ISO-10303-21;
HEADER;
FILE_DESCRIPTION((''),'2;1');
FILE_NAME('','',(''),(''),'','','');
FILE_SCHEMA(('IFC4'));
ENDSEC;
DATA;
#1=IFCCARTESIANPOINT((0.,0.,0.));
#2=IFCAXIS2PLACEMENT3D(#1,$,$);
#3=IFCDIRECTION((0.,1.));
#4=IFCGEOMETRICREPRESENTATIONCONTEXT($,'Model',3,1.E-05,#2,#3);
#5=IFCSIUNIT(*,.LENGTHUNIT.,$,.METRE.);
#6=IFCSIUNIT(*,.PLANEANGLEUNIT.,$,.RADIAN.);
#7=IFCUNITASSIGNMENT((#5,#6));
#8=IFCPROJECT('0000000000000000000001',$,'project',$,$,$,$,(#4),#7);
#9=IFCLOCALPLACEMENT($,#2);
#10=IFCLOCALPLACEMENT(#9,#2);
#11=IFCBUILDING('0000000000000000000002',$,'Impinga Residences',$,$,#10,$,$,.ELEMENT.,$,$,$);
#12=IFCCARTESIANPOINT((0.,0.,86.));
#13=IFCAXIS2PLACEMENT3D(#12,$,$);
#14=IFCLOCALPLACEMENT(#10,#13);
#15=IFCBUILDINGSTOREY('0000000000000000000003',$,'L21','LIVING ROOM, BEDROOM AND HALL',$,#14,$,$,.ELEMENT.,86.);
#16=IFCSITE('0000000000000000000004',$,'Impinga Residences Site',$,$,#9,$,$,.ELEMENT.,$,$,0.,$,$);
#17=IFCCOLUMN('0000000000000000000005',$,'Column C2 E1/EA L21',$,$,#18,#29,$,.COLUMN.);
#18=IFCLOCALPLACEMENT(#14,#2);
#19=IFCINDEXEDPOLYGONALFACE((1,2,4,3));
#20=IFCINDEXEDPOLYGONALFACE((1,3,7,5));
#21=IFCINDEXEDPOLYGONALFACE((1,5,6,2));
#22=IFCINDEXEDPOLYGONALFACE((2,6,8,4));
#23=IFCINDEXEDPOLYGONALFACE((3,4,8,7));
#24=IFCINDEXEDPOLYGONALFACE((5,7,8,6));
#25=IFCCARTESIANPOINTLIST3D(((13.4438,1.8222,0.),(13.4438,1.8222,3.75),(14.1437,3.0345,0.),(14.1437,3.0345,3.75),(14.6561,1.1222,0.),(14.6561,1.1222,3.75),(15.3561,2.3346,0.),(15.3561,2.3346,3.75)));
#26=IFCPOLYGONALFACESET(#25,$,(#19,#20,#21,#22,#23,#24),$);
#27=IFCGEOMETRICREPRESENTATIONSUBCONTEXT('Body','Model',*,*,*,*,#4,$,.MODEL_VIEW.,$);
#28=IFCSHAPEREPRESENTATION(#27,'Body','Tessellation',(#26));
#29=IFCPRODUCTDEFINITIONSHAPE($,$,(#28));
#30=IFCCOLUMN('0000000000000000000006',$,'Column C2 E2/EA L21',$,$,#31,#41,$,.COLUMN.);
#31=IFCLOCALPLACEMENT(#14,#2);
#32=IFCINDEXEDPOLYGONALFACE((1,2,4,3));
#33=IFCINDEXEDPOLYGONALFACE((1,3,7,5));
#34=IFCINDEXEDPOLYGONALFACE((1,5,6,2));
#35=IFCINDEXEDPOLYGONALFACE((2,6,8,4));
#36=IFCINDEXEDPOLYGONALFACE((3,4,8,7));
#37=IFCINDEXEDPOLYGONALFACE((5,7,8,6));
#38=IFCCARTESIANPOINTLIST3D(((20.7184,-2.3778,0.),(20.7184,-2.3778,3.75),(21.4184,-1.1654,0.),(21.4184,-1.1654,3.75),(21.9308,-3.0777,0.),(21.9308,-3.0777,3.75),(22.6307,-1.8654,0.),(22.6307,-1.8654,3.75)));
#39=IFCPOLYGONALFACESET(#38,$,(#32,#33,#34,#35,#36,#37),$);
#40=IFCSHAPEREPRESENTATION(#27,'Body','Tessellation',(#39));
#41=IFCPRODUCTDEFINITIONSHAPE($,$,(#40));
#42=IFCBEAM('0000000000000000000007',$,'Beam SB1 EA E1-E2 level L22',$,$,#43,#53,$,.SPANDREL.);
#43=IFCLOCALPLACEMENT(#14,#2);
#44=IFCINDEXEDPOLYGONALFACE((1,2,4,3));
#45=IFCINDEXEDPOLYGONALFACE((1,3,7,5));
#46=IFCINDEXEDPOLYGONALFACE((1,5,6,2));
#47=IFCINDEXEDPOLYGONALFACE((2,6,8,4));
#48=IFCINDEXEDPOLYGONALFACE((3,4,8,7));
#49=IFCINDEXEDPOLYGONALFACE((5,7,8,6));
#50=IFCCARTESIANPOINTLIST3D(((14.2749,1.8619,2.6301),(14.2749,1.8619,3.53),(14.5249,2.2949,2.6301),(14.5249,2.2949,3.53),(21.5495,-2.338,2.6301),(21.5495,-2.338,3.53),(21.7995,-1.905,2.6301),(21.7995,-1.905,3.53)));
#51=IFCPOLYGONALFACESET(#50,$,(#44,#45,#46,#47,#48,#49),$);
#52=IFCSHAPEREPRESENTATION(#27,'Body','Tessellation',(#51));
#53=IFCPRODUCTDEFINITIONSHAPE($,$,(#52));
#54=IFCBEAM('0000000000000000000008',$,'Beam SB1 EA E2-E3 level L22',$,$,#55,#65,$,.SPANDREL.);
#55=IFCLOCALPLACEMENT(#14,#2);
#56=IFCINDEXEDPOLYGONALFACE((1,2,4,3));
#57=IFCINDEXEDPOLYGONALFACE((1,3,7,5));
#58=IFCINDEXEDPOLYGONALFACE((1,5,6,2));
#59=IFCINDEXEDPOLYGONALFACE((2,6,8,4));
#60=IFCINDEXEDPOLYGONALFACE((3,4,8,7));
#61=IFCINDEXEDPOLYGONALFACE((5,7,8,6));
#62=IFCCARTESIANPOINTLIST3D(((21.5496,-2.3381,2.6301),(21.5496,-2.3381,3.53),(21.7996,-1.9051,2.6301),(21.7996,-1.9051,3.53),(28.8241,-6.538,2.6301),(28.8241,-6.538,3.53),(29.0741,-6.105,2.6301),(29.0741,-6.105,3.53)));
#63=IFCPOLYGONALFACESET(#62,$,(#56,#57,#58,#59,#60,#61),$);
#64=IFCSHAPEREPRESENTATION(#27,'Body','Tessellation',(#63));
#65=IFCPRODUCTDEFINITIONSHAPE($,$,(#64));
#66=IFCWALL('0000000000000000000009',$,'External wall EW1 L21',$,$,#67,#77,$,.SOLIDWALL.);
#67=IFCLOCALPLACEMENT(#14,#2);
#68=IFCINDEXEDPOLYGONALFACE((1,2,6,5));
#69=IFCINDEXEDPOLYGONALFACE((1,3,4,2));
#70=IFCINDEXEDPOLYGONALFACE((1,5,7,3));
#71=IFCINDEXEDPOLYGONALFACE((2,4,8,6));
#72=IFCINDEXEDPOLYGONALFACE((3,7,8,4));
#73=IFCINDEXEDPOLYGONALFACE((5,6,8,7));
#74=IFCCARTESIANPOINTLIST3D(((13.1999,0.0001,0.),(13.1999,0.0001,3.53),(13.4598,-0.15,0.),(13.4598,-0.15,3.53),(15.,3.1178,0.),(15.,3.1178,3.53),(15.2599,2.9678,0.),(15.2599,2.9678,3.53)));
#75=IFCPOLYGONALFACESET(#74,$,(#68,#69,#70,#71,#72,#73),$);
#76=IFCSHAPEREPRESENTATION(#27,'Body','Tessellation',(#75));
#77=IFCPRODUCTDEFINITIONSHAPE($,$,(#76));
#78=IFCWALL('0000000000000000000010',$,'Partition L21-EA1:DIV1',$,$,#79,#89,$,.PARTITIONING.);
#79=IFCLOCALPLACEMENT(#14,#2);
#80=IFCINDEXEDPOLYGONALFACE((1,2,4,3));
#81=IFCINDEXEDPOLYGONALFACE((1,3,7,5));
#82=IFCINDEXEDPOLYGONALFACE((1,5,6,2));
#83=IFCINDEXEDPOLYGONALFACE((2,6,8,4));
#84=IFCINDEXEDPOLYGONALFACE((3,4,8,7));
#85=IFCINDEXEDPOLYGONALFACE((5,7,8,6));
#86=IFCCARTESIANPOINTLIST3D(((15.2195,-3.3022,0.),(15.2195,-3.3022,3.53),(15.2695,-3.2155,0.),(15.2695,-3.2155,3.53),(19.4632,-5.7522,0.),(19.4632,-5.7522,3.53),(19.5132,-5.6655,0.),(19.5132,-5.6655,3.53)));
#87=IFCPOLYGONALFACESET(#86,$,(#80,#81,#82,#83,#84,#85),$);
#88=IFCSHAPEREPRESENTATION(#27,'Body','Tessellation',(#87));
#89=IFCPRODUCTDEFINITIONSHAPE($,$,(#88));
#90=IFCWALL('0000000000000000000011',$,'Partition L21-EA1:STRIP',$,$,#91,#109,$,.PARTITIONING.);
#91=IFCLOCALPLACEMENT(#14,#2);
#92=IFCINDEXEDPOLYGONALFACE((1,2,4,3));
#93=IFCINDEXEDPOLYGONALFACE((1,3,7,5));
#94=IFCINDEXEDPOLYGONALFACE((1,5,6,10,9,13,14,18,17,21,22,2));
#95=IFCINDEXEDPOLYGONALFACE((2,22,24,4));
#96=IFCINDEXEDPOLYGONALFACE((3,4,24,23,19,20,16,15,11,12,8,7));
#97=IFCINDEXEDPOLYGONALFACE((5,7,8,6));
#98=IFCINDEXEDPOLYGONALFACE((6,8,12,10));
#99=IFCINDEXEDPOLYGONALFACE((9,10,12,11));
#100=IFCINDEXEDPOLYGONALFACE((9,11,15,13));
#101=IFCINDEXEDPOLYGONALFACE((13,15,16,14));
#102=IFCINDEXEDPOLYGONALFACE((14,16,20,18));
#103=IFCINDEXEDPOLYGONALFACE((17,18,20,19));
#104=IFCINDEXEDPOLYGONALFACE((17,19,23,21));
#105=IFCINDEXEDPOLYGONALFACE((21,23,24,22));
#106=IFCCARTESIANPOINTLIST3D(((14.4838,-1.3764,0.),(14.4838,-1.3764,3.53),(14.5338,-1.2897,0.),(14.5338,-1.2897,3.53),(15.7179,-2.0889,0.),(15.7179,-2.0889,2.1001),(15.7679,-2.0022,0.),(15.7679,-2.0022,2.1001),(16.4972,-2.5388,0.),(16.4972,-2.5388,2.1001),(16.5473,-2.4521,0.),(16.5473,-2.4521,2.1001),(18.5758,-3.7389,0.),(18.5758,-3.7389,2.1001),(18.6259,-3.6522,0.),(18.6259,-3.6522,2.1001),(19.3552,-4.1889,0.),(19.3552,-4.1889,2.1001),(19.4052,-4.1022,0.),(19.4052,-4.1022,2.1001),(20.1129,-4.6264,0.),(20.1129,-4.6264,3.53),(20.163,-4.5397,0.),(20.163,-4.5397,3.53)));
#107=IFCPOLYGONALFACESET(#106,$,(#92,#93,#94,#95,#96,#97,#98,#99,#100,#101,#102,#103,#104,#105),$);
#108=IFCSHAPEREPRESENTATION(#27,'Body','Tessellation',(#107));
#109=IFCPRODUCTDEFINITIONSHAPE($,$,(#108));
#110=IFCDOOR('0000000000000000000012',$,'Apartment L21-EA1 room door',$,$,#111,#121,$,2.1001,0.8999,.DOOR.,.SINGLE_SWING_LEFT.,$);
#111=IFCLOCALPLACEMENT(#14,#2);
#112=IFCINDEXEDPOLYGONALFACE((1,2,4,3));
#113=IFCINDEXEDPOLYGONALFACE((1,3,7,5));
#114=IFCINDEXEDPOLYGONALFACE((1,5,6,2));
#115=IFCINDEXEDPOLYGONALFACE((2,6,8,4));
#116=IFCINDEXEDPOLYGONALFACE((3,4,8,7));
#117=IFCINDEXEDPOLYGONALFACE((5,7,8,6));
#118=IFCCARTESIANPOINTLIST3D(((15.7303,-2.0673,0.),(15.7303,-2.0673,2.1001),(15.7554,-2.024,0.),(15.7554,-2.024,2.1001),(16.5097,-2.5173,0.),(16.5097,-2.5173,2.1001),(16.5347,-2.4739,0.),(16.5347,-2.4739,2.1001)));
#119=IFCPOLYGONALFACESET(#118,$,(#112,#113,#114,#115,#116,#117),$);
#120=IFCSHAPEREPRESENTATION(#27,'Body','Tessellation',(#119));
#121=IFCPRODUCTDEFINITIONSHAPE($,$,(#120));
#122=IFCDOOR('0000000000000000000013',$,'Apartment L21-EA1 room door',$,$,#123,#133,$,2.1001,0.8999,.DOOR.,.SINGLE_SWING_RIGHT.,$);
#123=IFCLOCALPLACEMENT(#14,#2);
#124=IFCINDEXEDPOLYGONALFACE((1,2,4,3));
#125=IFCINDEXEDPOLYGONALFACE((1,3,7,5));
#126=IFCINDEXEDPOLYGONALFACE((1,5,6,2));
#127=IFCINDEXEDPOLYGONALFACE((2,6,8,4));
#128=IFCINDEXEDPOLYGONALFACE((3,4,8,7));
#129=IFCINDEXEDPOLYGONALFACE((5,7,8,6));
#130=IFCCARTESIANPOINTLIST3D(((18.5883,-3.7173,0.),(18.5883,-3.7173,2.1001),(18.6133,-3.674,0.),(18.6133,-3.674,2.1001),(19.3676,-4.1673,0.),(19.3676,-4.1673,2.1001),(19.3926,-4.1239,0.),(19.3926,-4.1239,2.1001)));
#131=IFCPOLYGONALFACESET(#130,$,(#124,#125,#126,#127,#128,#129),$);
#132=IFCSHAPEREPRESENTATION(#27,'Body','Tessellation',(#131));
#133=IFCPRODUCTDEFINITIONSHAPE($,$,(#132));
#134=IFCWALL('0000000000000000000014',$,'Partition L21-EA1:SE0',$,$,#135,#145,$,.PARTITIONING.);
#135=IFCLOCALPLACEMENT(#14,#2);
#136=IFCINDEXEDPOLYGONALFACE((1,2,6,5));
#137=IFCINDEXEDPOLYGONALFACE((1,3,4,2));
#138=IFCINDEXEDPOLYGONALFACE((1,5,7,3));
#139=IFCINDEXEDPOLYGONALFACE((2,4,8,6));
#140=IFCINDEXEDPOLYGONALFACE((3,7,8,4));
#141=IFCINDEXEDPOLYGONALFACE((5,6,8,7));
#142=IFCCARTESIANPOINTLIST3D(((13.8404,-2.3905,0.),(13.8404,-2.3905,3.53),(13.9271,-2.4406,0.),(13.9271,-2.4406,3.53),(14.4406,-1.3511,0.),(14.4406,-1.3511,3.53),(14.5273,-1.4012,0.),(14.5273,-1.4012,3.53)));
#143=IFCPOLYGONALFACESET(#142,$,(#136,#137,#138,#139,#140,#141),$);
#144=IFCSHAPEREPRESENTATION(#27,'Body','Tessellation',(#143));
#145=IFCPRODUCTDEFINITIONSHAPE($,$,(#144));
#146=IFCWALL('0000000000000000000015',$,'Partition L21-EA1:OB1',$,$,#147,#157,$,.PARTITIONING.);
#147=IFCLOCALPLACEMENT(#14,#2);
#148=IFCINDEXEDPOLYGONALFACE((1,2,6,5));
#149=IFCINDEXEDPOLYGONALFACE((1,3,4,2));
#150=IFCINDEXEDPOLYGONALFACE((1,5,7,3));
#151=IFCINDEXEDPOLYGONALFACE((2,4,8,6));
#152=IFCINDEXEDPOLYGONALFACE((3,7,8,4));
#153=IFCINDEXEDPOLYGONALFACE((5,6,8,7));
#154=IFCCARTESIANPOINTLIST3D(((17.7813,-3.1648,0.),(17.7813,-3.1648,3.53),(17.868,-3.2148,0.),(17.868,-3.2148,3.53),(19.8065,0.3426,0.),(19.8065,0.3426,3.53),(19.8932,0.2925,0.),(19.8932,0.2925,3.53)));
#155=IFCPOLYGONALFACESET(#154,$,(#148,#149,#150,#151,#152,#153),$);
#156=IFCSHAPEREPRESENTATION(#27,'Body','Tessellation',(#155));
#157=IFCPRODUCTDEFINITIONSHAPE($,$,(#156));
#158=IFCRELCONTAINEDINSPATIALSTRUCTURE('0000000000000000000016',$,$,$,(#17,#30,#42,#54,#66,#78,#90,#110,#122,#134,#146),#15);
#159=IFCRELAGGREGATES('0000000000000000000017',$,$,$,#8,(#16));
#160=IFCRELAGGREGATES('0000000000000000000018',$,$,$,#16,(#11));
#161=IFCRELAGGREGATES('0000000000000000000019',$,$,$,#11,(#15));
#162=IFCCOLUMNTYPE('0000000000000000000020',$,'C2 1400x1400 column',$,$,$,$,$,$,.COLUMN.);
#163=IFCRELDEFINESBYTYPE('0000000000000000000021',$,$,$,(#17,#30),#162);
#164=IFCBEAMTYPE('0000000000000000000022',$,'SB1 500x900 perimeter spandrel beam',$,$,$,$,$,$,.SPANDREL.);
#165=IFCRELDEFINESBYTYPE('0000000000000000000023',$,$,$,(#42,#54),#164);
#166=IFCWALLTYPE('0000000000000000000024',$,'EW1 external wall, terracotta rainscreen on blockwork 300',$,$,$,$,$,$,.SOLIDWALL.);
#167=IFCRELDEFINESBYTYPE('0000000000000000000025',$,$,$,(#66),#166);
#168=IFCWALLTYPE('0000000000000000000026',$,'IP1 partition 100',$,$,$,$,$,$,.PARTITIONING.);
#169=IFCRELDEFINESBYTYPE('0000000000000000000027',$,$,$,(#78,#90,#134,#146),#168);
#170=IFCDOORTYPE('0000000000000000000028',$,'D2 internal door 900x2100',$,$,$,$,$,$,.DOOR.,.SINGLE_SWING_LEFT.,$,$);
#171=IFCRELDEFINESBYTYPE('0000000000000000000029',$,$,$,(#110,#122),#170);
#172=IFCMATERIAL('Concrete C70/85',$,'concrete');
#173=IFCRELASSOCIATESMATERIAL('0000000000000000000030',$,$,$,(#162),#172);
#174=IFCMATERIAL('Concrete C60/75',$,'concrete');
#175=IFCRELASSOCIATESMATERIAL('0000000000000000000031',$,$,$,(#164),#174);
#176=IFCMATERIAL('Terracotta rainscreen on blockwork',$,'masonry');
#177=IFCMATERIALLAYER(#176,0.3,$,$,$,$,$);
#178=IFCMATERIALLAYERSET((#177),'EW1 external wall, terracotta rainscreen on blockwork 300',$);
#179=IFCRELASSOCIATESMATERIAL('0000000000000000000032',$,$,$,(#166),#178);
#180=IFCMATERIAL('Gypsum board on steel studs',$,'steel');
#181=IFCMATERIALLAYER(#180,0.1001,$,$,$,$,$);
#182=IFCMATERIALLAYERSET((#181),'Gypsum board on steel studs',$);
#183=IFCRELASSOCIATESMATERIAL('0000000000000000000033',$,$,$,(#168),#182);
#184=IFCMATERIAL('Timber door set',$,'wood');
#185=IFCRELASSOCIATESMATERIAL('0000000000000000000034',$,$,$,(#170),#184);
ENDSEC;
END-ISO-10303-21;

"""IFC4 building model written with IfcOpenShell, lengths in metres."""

from ifc_helpers import new_model, si_unit, direction, frame, frame_2d, origin, origin_2d, place, context, subcontext, project, spatial, rectangle, extrude, material, layer, layer_set, material_profile, profile_set, type_object, element, fill, save


model = new_model("IFC4")

# Units and contexts
model_context = context("Model", 3, precision=1e-05, world=origin(), true_north=direction((0.0, 1.0)))
body_context = subcontext(model_context, "Body", "Model", "MODEL_VIEW")
ifc_project = project(units=[si_unit("LENGTHUNIT", "METRE"), si_unit("PLANEANGLEUNIT", "RADIAN")], contexts=[model_context])

# Site, building, storey
site_placement = place(None, origin())
site = spatial("IfcSite", under=ifc_project, at=site_placement, Name="Impinga Residences Site", CompositionType="ELEMENT", RefElevation=0.0)
building_placement = place(site_placement, origin())
building = spatial("IfcBuilding", under=site, at=building_placement, Name="Impinga Residences", CompositionType="ELEMENT")
storey_placement = place(building_placement, frame((0.0, 0.0, 86.0)))
storey = spatial("IfcBuildingStorey", under=building, at=storey_placement, Name="L21", Description="LIVING ROOM, BEDROOM AND HALL", CompositionType="ELEMENT", Elevation=86.0)

# Columns
ifc_material_1 = material(Name="Concrete C70/85", Category="concrete")
ifc_material_profile_1 = material_profile(ifc_material_1, rectangle(XDim=1.3999, YDim=1.3999, at=origin_2d()), Name="RC 1400x1400")
ifc_profile_set_1 = profile_set([ifc_material_profile_1], Name="Concrete C70/85")
column_type = type_object("IfcColumnType", Name="C2 1400x1400 column", PredefinedType="COLUMN", material=ifc_profile_set_1)
for number, where, z_axis, x_axis, name in (
    (1, (14.3999, 2.0784, 0.0), (0.0, 0.0, 1.0), (-0.5, -0.866025, 0.0), "Column C2 E1/EA L21"),
    (2, (21.6746, -2.1216, 0.0), (0.0, 0.0, 1.0), (-0.5, -0.866025, 0.0), "Column C2 E2/EA L21"),
):
    element("IfcColumn", number, at=place(storey_placement, frame(where, z_axis=z_axis, x_axis=x_axis)), inside=storey, type_object=column_type, Name=name, PredefinedType="COLUMN", context=body_context, shape_type="SweptSolid", body=[
        extrude(rectangle(XDim=1.3999, YDim=1.3999, at=origin_2d()), origin(), (0.0, 0.0, 1.0), 3.75),
    ])

# Beams
ifc_material_2 = material(Name="Concrete C60/75", Category="concrete")
ifc_material_profile_2 = material_profile(ifc_material_2, rectangle(XDim=0.5, YDim=0.8999, at=origin_2d()), Name="RC 500x900")
ifc_profile_set_2 = profile_set([ifc_material_profile_2], Name="Concrete C60/75")
beam_type = type_object("IfcBeamType", Name="SB1 500x900 perimeter spandrel beam", PredefinedType="SPANDREL", material=ifc_profile_set_2)
for number, where, z_axis, x_axis, name in (
    (3, (14.3999, 2.0784, 3.0801), (0.866029, -0.499993, 0.0), (0.499993, 0.866029, 0.0), "Beam SB1 EA E1-E2 level L22"),
    (4, (21.6746, -2.1216, 3.0801), (0.866029, -0.499993, 0.0), (0.499993, 0.866029, 0.0), "Beam SB1 EA E2-E3 level L22"),
):
    element("IfcBeam", number, at=place(storey_placement, frame(where, z_axis=z_axis, x_axis=x_axis)), inside=storey, type_object=beam_type, Name=name, PredefinedType="SPANDREL", context=body_context, shape_type="SweptSolid", body=[
        extrude(rectangle(XDim=0.5, YDim=0.8999, at=origin_2d()), origin(), (0.0, 0.0, 1.0), 8.3999),
    ])

# Wall
ifc_material_3 = material(Name="Terracotta rainscreen on blockwork", Category="masonry")
ifc_layer_1 = layer(ifc_material_3, 0.3)
ifc_layer_set_1 = layer_set([ifc_layer_1], Name="EW1 external wall, terracotta rainscreen on blockwork 300")
wall_type_1 = type_object("IfcWallType", Name="EW1 external wall, terracotta rainscreen on blockwork 300", PredefinedType="SOLIDWALL", material=ifc_layer_set_1)
wall_1_placement = place(storey_placement, frame((13.3298, -0.075, 0.0), z_axis=(0.0, 0.0, 1.0), x_axis=(0.500012, 0.866018, 0.0)))
element("IfcWall", 5, at=wall_1_placement, inside=storey, type_object=wall_type_1, Name="External wall EW1 L21", PredefinedType="SOLIDWALL", context=body_context, shape_type="SweptSolid", body=[
    extrude(rectangle(XDim=3.6001, YDim=0.3, at=frame_2d((1.8, 0.0))), origin(), (0.0, 0.0, 1.0), 3.53),
])

# Wall
ifc_material_4 = material(Name="Gypsum board on steel studs", Category="steel")
ifc_layer_2 = layer(ifc_material_4, 0.1001)
ifc_layer_set_2 = layer_set([ifc_layer_2], Name="Gypsum board on steel studs")
wall_type_2 = type_object("IfcWallType", Name="IP1 partition 100", PredefinedType="PARTITIONING", material=ifc_layer_set_2)
wall_2_placement = place(storey_placement, frame((15.2444, -3.2588, 0.0), z_axis=(0.0, 0.0, 1.0), x_axis=(0.866036, -0.499981, 0.0)))
element("IfcWall", 6, at=wall_2_placement, inside=storey, type_object=wall_type_2, Name="Partition L21-EA1:DIV1", PredefinedType="PARTITIONING", context=body_context, shape_type="SweptSolid", body=[
    extrude(rectangle(XDim=4.9001, YDim=0.1001, at=frame_2d((2.4502, 0.0))), origin(), (0.0, 0.0, 1.0), 3.53),
])

# Wall, openings, doors
wall_3_placement = place(storey_placement, frame((14.5088, -1.333, 0.0), z_axis=(0.0, 0.0, 1.0), x_axis=(0.866025, -0.500001, 0.0)))
wall_3 = element("IfcWall", 7, at=wall_3_placement, inside=storey, type_object=wall_type_2, Name="Partition L21-EA1:STRIP", PredefinedType="PARTITIONING", context=body_context, shape_type="SweptSolid", body=[
    extrude(rectangle(XDim=6.5, YDim=0.1001, at=frame_2d((3.25, 0.0))), origin(), (0.0, 0.0, 1.0), 3.53),
])
opening_1_placement = place(wall_3_placement, frame((1.425, 0.0, 0.0)))
opening_1 = element("IfcOpeningElement", 8, at=opening_1_placement, cuts=wall_3, PredefinedType="OPENING", context=body_context, shape_type="SweptSolid", body=[
    extrude(rectangle(XDim=0.8999, YDim=2.1001, at=frame_2d((0.45, 1.05))), frame((0.0, 0.0601, 0.0), z_axis=(0.0, -1.0, 0.0), x_axis=(1.0, 0.0, 0.0)), (0.0, 0.0, 1.0), 0.1201),
])
opening_2_placement = place(wall_3_placement, frame((4.7251, 0.0, 0.0)))
opening_2 = element("IfcOpeningElement", 9, at=opening_2_placement, cuts=wall_3, PredefinedType="OPENING", context=body_context, shape_type="SweptSolid", body=[
    extrude(rectangle(XDim=0.8999, YDim=2.1001, at=frame_2d((0.45, 1.05))), frame((0.0, 0.0601, 0.0), z_axis=(0.0, -1.0, 0.0), x_axis=(1.0, 0.0, 0.0)), (0.0, 0.0, 1.0), 0.1201),
])
ifc_material_5 = material(Name="Timber door set", Category="wood")
door_type = type_object("IfcDoorType", Name="D2 internal door 900x2100", OperationType="SINGLE_SWING_LEFT", PredefinedType="DOOR", material=ifc_material_5)
door_1_placement = place(opening_1_placement, origin())
door_1 = element("IfcDoor", 10, at=door_1_placement, inside=storey, type_object=door_type, Name="Apartment L21-EA1 room door", OperationType="SINGLE_SWING_LEFT", OverallHeight=2.1001, OverallWidth=0.8999, PredefinedType="DOOR", context=body_context, shape_type="SweptSolid", body=[
    extrude(rectangle(XDim=0.8999, YDim=2.1001, at=frame_2d((0.45, 1.05))), frame((0.0, 0.0249, 0.0), z_axis=(0.0, -1.0, 0.0), x_axis=(1.0, 0.0, 0.0)), (0.0, 0.0, 1.0), 0.05),
])
fill(opening_1, door_1)
door_2_placement = place(opening_2_placement, origin())
door_2 = element("IfcDoor", 11, at=door_2_placement, inside=storey, type_object=door_type, Name="Apartment L21-EA1 room door", OperationType="SINGLE_SWING_RIGHT", OverallHeight=2.1001, OverallWidth=0.8999, PredefinedType="DOOR", context=body_context, shape_type="SweptSolid", body=[
    extrude(rectangle(XDim=0.8999, YDim=2.1001, at=frame_2d((0.45, 1.05))), frame((0.0, 0.0249, 0.0), z_axis=(0.0, -1.0, 0.0), x_axis=(1.0, 0.0, 0.0)), (0.0, 0.0, 1.0), 0.05),
])
fill(opening_2, door_2)

# Walls
wall_4_placement = place(storey_placement, frame((13.8838, -2.4155, 0.0), z_axis=(0.0, 0.0, 1.0), x_axis=(0.500034, 0.866006, 0.0)))
element("IfcWall", 12, at=wall_4_placement, inside=storey, type_object=wall_type_2, Name="Partition L21-EA1:SE0", PredefinedType="PARTITIONING", context=body_context, shape_type="SweptSolid", body=[
    extrude(rectangle(XDim=1.2002, YDim=0.1001, at=frame_2d((0.6001, 0.0))), origin(), (0.0, 0.0, 1.0), 3.53),
])
wall_5_placement = place(storey_placement, frame((17.8247, -3.1897, 0.0), z_axis=(0.0, 0.0, 1.0), x_axis=(0.500036, 0.866005, 0.0)))
element("IfcWall", 13, at=wall_5_placement, inside=storey, type_object=wall_type_2, Name="Partition L21-EA1:OB1", PredefinedType="PARTITIONING", context=body_context, shape_type="SweptSolid", body=[
    extrude(rectangle(XDim=4.05, YDim=0.1001, at=frame_2d((2.0249, 0.0))), origin(), (0.0, 0.0, 1.0), 3.53),
])

save(model, "model.ifc")
